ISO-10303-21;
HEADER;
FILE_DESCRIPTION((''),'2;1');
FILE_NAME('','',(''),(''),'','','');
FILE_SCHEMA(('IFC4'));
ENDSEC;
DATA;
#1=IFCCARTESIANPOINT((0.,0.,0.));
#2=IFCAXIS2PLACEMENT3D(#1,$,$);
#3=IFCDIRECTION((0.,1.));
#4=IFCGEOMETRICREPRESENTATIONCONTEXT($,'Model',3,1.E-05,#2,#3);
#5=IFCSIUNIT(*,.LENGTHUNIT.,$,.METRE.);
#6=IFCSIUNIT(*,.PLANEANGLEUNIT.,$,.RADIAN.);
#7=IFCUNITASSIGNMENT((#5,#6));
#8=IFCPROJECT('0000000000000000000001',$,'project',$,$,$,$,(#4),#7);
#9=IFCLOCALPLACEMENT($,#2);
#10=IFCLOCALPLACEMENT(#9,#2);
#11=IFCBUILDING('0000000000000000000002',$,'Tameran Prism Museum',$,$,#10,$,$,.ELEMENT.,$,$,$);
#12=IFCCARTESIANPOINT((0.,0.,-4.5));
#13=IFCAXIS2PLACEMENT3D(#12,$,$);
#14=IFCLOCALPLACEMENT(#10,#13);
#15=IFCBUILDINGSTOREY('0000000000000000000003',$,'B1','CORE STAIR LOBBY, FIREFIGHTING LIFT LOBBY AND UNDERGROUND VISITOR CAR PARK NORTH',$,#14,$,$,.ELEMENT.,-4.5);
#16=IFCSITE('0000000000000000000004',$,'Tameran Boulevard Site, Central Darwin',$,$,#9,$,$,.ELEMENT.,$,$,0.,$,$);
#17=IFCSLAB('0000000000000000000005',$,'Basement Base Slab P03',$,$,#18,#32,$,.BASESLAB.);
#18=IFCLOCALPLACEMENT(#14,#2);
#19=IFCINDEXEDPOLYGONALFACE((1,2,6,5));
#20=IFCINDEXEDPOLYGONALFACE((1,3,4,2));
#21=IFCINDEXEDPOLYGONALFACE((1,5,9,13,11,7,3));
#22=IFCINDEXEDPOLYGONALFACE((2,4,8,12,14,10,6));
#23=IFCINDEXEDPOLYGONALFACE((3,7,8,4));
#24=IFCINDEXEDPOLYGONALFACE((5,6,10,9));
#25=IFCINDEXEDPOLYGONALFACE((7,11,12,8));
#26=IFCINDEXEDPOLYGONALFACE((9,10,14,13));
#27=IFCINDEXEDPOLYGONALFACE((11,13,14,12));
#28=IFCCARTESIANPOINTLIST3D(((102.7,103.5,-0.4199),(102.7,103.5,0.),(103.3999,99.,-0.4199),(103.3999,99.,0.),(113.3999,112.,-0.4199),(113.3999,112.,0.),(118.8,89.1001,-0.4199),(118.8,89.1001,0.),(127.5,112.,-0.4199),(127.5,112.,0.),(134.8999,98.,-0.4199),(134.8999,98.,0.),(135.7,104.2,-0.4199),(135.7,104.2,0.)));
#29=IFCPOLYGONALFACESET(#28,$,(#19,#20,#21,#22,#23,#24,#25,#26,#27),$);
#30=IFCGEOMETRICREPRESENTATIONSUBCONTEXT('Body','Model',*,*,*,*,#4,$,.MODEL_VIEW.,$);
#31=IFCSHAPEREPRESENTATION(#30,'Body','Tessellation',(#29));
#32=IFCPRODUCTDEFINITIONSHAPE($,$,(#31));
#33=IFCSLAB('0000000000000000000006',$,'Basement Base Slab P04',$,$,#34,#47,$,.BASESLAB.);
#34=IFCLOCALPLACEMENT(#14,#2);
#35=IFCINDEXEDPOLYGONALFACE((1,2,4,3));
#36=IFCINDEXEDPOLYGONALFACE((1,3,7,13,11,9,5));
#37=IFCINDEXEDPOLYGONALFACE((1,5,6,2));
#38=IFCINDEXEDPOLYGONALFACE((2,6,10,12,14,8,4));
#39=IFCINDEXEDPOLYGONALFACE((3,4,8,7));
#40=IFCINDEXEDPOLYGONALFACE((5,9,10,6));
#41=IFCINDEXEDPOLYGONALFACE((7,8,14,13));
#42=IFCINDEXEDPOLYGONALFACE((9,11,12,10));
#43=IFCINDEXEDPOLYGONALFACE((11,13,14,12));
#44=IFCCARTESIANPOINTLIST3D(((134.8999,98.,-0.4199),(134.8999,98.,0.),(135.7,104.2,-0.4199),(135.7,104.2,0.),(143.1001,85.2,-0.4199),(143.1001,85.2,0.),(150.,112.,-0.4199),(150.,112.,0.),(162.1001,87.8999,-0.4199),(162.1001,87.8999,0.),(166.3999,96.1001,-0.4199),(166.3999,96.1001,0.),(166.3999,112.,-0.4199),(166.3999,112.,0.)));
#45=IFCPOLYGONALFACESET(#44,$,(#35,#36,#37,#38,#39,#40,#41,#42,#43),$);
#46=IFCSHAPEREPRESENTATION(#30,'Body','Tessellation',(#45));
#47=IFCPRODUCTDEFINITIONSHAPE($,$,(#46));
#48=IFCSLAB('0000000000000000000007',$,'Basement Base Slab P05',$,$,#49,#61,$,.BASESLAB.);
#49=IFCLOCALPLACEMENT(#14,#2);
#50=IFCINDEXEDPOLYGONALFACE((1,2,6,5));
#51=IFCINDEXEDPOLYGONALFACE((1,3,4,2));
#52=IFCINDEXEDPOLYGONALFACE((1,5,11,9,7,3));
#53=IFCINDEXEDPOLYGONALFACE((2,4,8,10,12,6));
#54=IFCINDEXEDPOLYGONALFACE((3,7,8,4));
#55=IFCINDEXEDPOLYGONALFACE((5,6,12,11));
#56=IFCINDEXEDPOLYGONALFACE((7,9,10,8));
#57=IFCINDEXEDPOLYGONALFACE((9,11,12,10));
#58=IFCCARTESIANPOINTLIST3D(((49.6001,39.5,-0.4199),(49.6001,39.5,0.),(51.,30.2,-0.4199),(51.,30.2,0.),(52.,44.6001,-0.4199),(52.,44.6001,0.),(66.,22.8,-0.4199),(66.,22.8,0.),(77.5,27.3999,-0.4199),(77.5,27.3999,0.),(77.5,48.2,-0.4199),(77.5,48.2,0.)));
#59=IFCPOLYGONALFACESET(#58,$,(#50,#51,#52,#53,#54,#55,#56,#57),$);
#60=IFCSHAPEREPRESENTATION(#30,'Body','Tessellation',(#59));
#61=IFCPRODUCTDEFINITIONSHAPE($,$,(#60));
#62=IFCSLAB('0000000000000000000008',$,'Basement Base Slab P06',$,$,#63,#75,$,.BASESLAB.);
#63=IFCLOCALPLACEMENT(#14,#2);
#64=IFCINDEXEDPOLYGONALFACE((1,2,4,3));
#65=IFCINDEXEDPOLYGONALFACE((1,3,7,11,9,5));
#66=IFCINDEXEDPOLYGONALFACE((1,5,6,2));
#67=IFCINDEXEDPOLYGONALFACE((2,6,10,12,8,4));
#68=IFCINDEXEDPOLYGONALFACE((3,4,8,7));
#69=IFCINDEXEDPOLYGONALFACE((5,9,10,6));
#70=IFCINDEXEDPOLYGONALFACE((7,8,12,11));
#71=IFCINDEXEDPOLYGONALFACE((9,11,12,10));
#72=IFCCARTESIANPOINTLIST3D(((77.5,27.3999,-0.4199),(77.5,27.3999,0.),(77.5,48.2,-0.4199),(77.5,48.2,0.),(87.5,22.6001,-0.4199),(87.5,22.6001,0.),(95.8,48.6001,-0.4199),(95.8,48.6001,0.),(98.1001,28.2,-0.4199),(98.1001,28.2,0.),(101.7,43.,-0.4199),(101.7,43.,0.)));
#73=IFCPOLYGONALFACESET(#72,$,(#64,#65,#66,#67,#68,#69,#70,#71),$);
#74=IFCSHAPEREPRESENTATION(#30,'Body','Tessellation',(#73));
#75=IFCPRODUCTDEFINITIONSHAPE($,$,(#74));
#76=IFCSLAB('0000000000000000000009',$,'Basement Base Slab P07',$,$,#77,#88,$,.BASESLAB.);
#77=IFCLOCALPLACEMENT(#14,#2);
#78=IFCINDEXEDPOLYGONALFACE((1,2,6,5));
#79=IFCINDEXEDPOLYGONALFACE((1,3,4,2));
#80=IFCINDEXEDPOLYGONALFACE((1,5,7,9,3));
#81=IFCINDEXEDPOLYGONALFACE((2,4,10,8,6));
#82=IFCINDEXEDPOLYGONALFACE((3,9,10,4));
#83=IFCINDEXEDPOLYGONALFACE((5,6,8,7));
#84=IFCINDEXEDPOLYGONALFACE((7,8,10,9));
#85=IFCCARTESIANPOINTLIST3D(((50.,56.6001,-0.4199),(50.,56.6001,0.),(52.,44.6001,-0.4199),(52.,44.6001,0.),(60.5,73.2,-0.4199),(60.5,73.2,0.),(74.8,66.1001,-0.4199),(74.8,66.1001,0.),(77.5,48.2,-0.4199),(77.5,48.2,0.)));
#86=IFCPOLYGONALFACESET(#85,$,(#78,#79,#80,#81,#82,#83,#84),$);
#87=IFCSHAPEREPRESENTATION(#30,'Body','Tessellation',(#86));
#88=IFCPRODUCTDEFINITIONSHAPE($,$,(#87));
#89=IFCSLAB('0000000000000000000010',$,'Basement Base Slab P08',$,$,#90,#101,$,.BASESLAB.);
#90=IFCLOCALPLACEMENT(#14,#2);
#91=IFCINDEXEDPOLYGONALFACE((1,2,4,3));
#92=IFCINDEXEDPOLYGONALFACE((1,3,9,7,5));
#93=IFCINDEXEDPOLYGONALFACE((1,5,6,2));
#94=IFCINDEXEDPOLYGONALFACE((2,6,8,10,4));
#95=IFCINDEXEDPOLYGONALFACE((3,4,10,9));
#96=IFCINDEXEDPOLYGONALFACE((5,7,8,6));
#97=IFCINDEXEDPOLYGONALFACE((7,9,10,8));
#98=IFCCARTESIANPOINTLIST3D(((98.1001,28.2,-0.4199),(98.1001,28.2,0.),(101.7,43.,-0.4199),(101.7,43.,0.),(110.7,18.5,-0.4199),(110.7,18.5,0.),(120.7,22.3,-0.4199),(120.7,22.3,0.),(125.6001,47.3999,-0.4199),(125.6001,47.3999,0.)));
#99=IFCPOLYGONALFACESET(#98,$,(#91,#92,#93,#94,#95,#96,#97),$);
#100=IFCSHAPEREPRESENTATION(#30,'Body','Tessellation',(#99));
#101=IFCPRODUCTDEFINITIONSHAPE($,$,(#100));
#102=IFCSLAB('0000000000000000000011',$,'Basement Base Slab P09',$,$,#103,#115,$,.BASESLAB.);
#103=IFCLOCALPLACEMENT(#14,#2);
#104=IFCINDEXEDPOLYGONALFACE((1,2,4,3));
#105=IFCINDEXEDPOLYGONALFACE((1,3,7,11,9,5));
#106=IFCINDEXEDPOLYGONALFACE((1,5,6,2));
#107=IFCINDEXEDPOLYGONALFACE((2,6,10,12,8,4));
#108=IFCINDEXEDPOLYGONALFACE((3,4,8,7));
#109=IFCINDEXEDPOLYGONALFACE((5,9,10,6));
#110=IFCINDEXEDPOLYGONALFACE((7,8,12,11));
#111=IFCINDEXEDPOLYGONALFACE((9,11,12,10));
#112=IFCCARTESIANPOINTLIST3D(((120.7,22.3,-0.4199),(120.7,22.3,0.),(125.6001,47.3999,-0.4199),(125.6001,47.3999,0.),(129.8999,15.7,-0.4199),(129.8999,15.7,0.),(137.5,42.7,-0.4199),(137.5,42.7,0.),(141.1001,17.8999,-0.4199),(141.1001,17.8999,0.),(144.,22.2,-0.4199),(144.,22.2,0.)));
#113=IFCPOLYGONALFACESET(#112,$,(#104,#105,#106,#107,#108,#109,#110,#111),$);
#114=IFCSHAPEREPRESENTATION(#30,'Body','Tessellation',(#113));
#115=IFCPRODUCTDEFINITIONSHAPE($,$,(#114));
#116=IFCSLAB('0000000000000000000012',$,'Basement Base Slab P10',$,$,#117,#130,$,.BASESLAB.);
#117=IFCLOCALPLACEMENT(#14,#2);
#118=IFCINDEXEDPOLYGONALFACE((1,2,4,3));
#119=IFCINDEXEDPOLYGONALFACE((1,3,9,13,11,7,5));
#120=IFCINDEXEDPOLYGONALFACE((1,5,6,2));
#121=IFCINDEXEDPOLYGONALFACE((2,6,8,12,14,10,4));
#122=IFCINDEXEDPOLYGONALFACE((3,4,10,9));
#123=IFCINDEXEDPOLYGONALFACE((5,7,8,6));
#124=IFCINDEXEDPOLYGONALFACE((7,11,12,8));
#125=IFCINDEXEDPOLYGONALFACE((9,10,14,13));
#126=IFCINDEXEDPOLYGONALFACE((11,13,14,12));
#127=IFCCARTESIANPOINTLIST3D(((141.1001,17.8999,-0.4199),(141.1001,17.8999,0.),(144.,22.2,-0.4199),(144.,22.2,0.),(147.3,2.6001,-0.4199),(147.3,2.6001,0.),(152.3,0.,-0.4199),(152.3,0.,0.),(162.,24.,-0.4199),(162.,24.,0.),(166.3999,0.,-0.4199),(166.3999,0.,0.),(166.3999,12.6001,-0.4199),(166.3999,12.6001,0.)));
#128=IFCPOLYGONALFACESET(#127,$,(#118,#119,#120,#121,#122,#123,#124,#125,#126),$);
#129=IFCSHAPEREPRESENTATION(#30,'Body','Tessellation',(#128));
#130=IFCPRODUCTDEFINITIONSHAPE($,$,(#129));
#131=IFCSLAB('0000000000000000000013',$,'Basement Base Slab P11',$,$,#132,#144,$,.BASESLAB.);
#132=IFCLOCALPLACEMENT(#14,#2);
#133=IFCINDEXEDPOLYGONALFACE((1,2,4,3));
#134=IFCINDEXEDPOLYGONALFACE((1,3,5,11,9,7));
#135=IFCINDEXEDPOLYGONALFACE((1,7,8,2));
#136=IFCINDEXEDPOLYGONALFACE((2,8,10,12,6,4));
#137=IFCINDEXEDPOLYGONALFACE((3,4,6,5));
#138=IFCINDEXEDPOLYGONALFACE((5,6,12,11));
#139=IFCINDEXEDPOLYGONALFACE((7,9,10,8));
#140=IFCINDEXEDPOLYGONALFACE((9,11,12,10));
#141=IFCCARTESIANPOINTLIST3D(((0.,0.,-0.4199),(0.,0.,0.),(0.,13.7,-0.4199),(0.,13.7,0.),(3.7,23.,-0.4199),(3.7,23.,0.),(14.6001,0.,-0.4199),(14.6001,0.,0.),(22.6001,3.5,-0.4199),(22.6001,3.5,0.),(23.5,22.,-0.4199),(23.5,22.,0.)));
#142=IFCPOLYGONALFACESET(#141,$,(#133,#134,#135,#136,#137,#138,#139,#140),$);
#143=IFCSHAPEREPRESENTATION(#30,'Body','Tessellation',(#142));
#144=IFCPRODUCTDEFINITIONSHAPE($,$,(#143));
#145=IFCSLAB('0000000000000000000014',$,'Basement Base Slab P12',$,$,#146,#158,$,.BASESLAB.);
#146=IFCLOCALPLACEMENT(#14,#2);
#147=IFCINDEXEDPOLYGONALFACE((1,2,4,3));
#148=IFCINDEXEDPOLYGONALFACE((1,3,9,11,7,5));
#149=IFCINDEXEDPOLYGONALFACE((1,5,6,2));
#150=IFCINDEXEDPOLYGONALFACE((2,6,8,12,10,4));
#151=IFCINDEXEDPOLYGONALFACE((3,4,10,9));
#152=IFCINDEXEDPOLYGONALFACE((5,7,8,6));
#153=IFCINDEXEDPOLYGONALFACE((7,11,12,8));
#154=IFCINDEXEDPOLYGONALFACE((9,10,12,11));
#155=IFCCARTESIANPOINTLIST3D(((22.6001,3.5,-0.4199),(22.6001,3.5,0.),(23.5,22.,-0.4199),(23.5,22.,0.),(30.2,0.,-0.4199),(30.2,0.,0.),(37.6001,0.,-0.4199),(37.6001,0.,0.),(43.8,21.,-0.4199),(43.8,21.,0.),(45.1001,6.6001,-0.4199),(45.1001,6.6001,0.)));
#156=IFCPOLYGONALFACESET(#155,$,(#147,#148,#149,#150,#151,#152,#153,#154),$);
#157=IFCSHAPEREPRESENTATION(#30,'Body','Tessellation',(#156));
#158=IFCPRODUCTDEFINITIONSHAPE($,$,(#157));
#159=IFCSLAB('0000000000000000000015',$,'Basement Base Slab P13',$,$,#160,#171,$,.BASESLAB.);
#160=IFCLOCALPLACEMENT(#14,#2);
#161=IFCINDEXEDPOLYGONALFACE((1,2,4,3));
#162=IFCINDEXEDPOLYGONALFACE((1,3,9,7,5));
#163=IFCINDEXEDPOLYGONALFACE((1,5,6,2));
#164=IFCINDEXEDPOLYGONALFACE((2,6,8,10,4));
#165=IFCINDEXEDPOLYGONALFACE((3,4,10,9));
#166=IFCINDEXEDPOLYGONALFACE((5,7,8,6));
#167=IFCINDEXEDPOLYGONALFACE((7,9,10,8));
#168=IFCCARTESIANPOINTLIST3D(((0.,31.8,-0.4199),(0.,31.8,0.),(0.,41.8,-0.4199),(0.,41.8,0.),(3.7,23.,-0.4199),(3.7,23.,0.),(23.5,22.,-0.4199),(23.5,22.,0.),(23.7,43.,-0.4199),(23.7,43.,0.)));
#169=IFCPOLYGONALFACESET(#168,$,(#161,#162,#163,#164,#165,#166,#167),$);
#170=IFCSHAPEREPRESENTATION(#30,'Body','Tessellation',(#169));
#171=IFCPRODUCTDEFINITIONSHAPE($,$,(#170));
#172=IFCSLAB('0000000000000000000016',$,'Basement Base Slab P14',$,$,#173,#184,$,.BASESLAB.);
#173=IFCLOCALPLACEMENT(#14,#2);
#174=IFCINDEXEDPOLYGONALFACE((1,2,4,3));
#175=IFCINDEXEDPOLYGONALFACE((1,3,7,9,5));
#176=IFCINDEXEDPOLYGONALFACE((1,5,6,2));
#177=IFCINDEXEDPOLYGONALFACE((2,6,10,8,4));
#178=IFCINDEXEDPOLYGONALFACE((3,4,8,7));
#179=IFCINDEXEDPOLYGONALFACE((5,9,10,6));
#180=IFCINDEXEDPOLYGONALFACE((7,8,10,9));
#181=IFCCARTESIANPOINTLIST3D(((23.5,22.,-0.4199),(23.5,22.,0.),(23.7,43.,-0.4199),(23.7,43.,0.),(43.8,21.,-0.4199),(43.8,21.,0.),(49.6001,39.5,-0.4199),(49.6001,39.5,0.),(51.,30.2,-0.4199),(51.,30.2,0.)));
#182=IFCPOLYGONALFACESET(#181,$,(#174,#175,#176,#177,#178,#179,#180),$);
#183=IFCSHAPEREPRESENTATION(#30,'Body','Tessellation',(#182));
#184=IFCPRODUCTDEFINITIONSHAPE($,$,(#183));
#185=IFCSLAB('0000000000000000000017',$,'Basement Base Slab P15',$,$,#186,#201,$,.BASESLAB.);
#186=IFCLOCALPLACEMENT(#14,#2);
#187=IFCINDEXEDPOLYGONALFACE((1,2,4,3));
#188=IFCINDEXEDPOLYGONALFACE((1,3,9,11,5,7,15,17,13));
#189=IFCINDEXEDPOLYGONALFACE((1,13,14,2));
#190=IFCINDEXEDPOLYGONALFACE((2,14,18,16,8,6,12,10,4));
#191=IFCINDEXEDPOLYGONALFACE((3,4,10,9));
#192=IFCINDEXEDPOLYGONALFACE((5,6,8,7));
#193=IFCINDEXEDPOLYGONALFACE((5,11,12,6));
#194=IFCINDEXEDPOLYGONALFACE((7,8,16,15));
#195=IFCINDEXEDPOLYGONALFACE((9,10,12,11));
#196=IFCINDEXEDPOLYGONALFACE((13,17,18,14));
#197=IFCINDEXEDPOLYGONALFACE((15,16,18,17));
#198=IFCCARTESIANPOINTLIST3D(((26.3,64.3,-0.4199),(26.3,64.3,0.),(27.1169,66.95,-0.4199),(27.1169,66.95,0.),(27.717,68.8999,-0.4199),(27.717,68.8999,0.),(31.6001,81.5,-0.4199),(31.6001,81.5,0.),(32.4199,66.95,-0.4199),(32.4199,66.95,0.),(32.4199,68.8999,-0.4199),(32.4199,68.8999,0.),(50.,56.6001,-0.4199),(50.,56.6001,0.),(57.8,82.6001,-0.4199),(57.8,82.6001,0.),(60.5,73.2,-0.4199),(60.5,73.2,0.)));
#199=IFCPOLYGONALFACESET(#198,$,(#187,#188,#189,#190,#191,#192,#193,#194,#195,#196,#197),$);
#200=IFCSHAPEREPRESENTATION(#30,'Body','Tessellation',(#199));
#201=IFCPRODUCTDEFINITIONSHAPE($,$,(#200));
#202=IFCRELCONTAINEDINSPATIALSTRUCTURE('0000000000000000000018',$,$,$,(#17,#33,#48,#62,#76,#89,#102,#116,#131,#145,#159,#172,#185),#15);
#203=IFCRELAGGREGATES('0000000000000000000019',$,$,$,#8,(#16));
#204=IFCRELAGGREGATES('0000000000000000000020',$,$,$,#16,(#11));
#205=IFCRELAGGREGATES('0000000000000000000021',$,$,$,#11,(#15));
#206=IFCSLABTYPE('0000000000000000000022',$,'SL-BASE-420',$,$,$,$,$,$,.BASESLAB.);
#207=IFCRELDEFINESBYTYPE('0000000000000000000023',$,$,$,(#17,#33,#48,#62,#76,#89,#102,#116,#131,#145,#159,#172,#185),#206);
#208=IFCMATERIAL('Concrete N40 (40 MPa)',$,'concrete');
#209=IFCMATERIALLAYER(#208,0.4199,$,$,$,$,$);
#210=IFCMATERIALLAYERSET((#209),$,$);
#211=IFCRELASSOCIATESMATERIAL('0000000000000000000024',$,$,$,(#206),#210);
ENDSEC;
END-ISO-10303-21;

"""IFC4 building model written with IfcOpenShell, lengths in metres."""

from ifc_helpers import new_model, si_unit, direction, frame, origin, place, context, subcontext, project, spatial, polyline, outline, extrude, material, layer, layer_set, type_object, element, save


model = new_model("IFC4")

# Units and contexts
model_context = context("Model", 3, precision=1e-05, world=origin(), true_north=direction((0.0, 1.0)))
body_context = subcontext(model_context, "Body", "Model", "MODEL_VIEW")
ifc_project = project(units=[si_unit("LENGTHUNIT", "METRE"), si_unit("PLANEANGLEUNIT", "RADIAN")], contexts=[model_context])

# Site, building, storey
site_placement = place(None, origin())
site = spatial("IfcSite", under=ifc_project, at=site_placement, Name="Tameran Boulevard Site, Central Darwin", CompositionType="ELEMENT", RefElevation=0.0)
building_placement = place(site_placement, origin())
building = spatial("IfcBuilding", under=site, at=building_placement, Name="Tameran Prism Museum", CompositionType="ELEMENT")
storey_placement = place(building_placement, frame((0.0, 0.0, -4.5)))
storey = spatial("IfcBuildingStorey", under=building, at=storey_placement, Name="B1", Description="CORE STAIR LOBBY, FIREFIGHTING LIFT LOBBY AND UNDERGROUND VISITOR CAR PARK NORTH", CompositionType="ELEMENT", Elevation=-4.5)

# Slabs
ifc_material_1 = material(Name="Concrete N40 (40 MPa)", Category="concrete")
ifc_layer_1 = layer(ifc_material_1, 0.4199)
ifc_layer_set_1 = layer_set([ifc_layer_1])
slab_type_1 = type_object("IfcSlabType", Name="SL-BASE-420", PredefinedType="BASESLAB", material=ifc_layer_set_1)
slab_1_placement = place(storey_placement, frame((0.0, 0.0, -0.4199)))
element("IfcSlab", 1, at=slab_1_placement, inside=storey, type_object=slab_type_1, Name="Basement Base Slab P03", PredefinedType="BASESLAB", context=body_context, shape_type="SweptSolid", body=[
    extrude(outline(polyline([(103.3999, 99.0), (118.8, 89.1001), (134.8999, 98.0), (135.7, 104.2), (127.5, 112.0), (113.3999, 112.0), (102.7, 103.5), (103.3999, 99.0)])), origin(), (0.0, 0.0, 1.0), 0.4199),
])
slab_2_placement = place(storey_placement, frame((0.0, 0.0, -0.4199)))
element("IfcSlab", 2, at=slab_2_placement, inside=storey, type_object=slab_type_1, Name="Basement Base Slab P04", PredefinedType="BASESLAB", context=body_context, shape_type="SweptSolid", body=[
    extrude(outline(polyline([(134.8999, 98.0), (143.1001, 85.2), (162.1001, 87.8999), (166.3999, 96.1001), (166.3999, 112.0), (150.0, 112.0), (135.7, 104.2), (134.8999, 98.0)])), origin(), (0.0, 0.0, 1.0), 0.4199),
])
slab_3_placement = place(storey_placement, frame((0.0, 0.0, -0.4199)))
element("IfcSlab", 3, at=slab_3_placement, inside=storey, type_object=slab_type_1, Name="Basement Base Slab P05", PredefinedType="BASESLAB", context=body_context, shape_type="SweptSolid", body=[
    extrude(outline(polyline([(49.6001, 39.5), (51.0, 30.2), (66.0, 22.8), (77.5, 27.3999), (77.5, 48.2), (52.0, 44.6001), (49.6001, 39.5)])), origin(), (0.0, 0.0, 1.0), 0.4199),
])
slab_4_placement = place(storey_placement, frame((0.0, 0.0, -0.4199)))
element("IfcSlab", 4, at=slab_4_placement, inside=storey, type_object=slab_type_1, Name="Basement Base Slab P06", PredefinedType="BASESLAB", context=body_context, shape_type="SweptSolid", body=[
    extrude(outline(polyline([(77.5, 27.3999), (87.5, 22.6001), (98.1001, 28.2), (101.7, 43.0), (95.8, 48.6001), (77.5, 48.2), (77.5, 27.3999)])), origin(), (0.0, 0.0, 1.0), 0.4199),
])
slab_5_placement = place(storey_placement, frame((0.0, 0.0, -0.4199)))
element("IfcSlab", 5, at=slab_5_placement, inside=storey, type_object=slab_type_1, Name="Basement Base Slab P07", PredefinedType="BASESLAB", context=body_context, shape_type="SweptSolid", body=[
    extrude(outline(polyline([(50.0, 56.6001), (52.0, 44.6001), (77.5, 48.2), (74.8, 66.1001), (60.5, 73.2), (50.0, 56.6001)])), origin(), (0.0, 0.0, 1.0), 0.4199),
])
slab_6_placement = place(storey_placement, frame((0.0, 0.0, -0.4199)))
element("IfcSlab", 6, at=slab_6_placement, inside=storey, type_object=slab_type_1, Name="Basement Base Slab P08", PredefinedType="BASESLAB", context=body_context, shape_type="SweptSolid", body=[
    extrude(outline(polyline([(98.1001, 28.2), (110.7, 18.5), (120.7, 22.3), (125.6001, 47.3999), (101.7, 43.0), (98.1001, 28.2)])), origin(), (0.0, 0.0, 1.0), 0.4199),
])
slab_7_placement = place(storey_placement, frame((0.0, 0.0, -0.4199)))
element("IfcSlab", 7, at=slab_7_placement, inside=storey, type_object=slab_type_1, Name="Basement Base Slab P09", PredefinedType="BASESLAB", context=body_context, shape_type="SweptSolid", body=[
    extrude(outline(polyline([(137.5, 42.7), (125.6001, 47.3999), (120.7, 22.3), (129.8999, 15.7), (141.1001, 17.8999), (144.0, 22.2), (137.5, 42.7)])), origin(), (0.0, 0.0, 1.0), 0.4199),
])
slab_8_placement = place(storey_placement, frame((0.0, 0.0, -0.4199)))
element("IfcSlab", 8, at=slab_8_placement, inside=storey, type_object=slab_type_1, Name="Basement Base Slab P10", PredefinedType="BASESLAB", context=body_context, shape_type="SweptSolid", body=[
    extrude(outline(polyline([(141.1001, 17.8999), (147.3, 2.6001), (152.3, 0.0), (166.3999, 0.0), (166.3999, 12.6001), (162.0, 24.0), (144.0, 22.2), (141.1001, 17.8999)])), origin(), (0.0, 0.0, 1.0), 0.4199),
])
slab_9_placement = place(storey_placement, frame((0.0, 0.0, -0.4199)))
element("IfcSlab", 9, at=slab_9_placement, inside=storey, type_object=slab_type_1, Name="Basement Base Slab P11", PredefinedType="BASESLAB", context=body_context, shape_type="SweptSolid", body=[
    extrude(outline(polyline([(23.5, 22.0), (3.7, 23.0), (0.0, 13.7), (0.0, 0.0), (14.6001, 0.0), (22.6001, 3.5), (23.5, 22.0)])), origin(), (0.0, 0.0, 1.0), 0.4199),
])
slab_10_placement = place(storey_placement, frame((0.0, 0.0, -0.4199)))
element("IfcSlab", 10, at=slab_10_placement, inside=storey, type_object=slab_type_1, Name="Basement Base Slab P12", PredefinedType="BASESLAB", context=body_context, shape_type="SweptSolid", body=[
    extrude(outline(polyline([(22.6001, 3.5), (30.2, 0.0), (37.6001, 0.0), (45.1001, 6.6001), (43.8, 21.0), (23.5, 22.0), (22.6001, 3.5)])), origin(), (0.0, 0.0, 1.0), 0.4199),
])
slab_11_placement = place(storey_placement, frame((0.0, 0.0, -0.4199)))
element("IfcSlab", 11, at=slab_11_placement, inside=storey, type_object=slab_type_1, Name="Basement Base Slab P13", PredefinedType="BASESLAB", context=body_context, shape_type="SweptSolid", body=[
    extrude(outline(polyline([(23.7, 43.0), (0.0, 41.8), (0.0, 31.8), (3.7, 23.0), (23.5, 22.0), (23.7, 43.0)])), origin(), (0.0, 0.0, 1.0), 0.4199),
])
slab_12_placement = place(storey_placement, frame((0.0, 0.0, -0.4199)))
element("IfcSlab", 12, at=slab_12_placement, inside=storey, type_object=slab_type_1, Name="Basement Base Slab P14", PredefinedType="BASESLAB", context=body_context, shape_type="SweptSolid", body=[
    extrude(outline(polyline([(23.5, 22.0), (43.8, 21.0), (51.0, 30.2), (49.6001, 39.5), (23.7, 43.0), (23.5, 22.0)])), origin(), (0.0, 0.0, 1.0), 0.4199),
])
slab_13_placement = place(storey_placement, frame((0.0, 0.0, -0.4199)))
element("IfcSlab", 13, at=slab_13_placement, inside=storey, type_object=slab_type_1, Name="Basement Base Slab P15", PredefinedType="BASESLAB", context=body_context, shape_type="SweptSolid", body=[
    extrude(outline(polyline([(31.6001, 81.5), (57.8, 82.6001), (60.5, 73.2), (50.0, 56.6001), (26.3, 64.3), (27.1169, 66.95), (32.4199, 66.95), (32.4199, 68.8999), (27.717, 68.8999), (31.6001, 81.5)])), origin(), (0.0, 0.0, 1.0), 0.4199),
])

save(model, "model.ifc")
